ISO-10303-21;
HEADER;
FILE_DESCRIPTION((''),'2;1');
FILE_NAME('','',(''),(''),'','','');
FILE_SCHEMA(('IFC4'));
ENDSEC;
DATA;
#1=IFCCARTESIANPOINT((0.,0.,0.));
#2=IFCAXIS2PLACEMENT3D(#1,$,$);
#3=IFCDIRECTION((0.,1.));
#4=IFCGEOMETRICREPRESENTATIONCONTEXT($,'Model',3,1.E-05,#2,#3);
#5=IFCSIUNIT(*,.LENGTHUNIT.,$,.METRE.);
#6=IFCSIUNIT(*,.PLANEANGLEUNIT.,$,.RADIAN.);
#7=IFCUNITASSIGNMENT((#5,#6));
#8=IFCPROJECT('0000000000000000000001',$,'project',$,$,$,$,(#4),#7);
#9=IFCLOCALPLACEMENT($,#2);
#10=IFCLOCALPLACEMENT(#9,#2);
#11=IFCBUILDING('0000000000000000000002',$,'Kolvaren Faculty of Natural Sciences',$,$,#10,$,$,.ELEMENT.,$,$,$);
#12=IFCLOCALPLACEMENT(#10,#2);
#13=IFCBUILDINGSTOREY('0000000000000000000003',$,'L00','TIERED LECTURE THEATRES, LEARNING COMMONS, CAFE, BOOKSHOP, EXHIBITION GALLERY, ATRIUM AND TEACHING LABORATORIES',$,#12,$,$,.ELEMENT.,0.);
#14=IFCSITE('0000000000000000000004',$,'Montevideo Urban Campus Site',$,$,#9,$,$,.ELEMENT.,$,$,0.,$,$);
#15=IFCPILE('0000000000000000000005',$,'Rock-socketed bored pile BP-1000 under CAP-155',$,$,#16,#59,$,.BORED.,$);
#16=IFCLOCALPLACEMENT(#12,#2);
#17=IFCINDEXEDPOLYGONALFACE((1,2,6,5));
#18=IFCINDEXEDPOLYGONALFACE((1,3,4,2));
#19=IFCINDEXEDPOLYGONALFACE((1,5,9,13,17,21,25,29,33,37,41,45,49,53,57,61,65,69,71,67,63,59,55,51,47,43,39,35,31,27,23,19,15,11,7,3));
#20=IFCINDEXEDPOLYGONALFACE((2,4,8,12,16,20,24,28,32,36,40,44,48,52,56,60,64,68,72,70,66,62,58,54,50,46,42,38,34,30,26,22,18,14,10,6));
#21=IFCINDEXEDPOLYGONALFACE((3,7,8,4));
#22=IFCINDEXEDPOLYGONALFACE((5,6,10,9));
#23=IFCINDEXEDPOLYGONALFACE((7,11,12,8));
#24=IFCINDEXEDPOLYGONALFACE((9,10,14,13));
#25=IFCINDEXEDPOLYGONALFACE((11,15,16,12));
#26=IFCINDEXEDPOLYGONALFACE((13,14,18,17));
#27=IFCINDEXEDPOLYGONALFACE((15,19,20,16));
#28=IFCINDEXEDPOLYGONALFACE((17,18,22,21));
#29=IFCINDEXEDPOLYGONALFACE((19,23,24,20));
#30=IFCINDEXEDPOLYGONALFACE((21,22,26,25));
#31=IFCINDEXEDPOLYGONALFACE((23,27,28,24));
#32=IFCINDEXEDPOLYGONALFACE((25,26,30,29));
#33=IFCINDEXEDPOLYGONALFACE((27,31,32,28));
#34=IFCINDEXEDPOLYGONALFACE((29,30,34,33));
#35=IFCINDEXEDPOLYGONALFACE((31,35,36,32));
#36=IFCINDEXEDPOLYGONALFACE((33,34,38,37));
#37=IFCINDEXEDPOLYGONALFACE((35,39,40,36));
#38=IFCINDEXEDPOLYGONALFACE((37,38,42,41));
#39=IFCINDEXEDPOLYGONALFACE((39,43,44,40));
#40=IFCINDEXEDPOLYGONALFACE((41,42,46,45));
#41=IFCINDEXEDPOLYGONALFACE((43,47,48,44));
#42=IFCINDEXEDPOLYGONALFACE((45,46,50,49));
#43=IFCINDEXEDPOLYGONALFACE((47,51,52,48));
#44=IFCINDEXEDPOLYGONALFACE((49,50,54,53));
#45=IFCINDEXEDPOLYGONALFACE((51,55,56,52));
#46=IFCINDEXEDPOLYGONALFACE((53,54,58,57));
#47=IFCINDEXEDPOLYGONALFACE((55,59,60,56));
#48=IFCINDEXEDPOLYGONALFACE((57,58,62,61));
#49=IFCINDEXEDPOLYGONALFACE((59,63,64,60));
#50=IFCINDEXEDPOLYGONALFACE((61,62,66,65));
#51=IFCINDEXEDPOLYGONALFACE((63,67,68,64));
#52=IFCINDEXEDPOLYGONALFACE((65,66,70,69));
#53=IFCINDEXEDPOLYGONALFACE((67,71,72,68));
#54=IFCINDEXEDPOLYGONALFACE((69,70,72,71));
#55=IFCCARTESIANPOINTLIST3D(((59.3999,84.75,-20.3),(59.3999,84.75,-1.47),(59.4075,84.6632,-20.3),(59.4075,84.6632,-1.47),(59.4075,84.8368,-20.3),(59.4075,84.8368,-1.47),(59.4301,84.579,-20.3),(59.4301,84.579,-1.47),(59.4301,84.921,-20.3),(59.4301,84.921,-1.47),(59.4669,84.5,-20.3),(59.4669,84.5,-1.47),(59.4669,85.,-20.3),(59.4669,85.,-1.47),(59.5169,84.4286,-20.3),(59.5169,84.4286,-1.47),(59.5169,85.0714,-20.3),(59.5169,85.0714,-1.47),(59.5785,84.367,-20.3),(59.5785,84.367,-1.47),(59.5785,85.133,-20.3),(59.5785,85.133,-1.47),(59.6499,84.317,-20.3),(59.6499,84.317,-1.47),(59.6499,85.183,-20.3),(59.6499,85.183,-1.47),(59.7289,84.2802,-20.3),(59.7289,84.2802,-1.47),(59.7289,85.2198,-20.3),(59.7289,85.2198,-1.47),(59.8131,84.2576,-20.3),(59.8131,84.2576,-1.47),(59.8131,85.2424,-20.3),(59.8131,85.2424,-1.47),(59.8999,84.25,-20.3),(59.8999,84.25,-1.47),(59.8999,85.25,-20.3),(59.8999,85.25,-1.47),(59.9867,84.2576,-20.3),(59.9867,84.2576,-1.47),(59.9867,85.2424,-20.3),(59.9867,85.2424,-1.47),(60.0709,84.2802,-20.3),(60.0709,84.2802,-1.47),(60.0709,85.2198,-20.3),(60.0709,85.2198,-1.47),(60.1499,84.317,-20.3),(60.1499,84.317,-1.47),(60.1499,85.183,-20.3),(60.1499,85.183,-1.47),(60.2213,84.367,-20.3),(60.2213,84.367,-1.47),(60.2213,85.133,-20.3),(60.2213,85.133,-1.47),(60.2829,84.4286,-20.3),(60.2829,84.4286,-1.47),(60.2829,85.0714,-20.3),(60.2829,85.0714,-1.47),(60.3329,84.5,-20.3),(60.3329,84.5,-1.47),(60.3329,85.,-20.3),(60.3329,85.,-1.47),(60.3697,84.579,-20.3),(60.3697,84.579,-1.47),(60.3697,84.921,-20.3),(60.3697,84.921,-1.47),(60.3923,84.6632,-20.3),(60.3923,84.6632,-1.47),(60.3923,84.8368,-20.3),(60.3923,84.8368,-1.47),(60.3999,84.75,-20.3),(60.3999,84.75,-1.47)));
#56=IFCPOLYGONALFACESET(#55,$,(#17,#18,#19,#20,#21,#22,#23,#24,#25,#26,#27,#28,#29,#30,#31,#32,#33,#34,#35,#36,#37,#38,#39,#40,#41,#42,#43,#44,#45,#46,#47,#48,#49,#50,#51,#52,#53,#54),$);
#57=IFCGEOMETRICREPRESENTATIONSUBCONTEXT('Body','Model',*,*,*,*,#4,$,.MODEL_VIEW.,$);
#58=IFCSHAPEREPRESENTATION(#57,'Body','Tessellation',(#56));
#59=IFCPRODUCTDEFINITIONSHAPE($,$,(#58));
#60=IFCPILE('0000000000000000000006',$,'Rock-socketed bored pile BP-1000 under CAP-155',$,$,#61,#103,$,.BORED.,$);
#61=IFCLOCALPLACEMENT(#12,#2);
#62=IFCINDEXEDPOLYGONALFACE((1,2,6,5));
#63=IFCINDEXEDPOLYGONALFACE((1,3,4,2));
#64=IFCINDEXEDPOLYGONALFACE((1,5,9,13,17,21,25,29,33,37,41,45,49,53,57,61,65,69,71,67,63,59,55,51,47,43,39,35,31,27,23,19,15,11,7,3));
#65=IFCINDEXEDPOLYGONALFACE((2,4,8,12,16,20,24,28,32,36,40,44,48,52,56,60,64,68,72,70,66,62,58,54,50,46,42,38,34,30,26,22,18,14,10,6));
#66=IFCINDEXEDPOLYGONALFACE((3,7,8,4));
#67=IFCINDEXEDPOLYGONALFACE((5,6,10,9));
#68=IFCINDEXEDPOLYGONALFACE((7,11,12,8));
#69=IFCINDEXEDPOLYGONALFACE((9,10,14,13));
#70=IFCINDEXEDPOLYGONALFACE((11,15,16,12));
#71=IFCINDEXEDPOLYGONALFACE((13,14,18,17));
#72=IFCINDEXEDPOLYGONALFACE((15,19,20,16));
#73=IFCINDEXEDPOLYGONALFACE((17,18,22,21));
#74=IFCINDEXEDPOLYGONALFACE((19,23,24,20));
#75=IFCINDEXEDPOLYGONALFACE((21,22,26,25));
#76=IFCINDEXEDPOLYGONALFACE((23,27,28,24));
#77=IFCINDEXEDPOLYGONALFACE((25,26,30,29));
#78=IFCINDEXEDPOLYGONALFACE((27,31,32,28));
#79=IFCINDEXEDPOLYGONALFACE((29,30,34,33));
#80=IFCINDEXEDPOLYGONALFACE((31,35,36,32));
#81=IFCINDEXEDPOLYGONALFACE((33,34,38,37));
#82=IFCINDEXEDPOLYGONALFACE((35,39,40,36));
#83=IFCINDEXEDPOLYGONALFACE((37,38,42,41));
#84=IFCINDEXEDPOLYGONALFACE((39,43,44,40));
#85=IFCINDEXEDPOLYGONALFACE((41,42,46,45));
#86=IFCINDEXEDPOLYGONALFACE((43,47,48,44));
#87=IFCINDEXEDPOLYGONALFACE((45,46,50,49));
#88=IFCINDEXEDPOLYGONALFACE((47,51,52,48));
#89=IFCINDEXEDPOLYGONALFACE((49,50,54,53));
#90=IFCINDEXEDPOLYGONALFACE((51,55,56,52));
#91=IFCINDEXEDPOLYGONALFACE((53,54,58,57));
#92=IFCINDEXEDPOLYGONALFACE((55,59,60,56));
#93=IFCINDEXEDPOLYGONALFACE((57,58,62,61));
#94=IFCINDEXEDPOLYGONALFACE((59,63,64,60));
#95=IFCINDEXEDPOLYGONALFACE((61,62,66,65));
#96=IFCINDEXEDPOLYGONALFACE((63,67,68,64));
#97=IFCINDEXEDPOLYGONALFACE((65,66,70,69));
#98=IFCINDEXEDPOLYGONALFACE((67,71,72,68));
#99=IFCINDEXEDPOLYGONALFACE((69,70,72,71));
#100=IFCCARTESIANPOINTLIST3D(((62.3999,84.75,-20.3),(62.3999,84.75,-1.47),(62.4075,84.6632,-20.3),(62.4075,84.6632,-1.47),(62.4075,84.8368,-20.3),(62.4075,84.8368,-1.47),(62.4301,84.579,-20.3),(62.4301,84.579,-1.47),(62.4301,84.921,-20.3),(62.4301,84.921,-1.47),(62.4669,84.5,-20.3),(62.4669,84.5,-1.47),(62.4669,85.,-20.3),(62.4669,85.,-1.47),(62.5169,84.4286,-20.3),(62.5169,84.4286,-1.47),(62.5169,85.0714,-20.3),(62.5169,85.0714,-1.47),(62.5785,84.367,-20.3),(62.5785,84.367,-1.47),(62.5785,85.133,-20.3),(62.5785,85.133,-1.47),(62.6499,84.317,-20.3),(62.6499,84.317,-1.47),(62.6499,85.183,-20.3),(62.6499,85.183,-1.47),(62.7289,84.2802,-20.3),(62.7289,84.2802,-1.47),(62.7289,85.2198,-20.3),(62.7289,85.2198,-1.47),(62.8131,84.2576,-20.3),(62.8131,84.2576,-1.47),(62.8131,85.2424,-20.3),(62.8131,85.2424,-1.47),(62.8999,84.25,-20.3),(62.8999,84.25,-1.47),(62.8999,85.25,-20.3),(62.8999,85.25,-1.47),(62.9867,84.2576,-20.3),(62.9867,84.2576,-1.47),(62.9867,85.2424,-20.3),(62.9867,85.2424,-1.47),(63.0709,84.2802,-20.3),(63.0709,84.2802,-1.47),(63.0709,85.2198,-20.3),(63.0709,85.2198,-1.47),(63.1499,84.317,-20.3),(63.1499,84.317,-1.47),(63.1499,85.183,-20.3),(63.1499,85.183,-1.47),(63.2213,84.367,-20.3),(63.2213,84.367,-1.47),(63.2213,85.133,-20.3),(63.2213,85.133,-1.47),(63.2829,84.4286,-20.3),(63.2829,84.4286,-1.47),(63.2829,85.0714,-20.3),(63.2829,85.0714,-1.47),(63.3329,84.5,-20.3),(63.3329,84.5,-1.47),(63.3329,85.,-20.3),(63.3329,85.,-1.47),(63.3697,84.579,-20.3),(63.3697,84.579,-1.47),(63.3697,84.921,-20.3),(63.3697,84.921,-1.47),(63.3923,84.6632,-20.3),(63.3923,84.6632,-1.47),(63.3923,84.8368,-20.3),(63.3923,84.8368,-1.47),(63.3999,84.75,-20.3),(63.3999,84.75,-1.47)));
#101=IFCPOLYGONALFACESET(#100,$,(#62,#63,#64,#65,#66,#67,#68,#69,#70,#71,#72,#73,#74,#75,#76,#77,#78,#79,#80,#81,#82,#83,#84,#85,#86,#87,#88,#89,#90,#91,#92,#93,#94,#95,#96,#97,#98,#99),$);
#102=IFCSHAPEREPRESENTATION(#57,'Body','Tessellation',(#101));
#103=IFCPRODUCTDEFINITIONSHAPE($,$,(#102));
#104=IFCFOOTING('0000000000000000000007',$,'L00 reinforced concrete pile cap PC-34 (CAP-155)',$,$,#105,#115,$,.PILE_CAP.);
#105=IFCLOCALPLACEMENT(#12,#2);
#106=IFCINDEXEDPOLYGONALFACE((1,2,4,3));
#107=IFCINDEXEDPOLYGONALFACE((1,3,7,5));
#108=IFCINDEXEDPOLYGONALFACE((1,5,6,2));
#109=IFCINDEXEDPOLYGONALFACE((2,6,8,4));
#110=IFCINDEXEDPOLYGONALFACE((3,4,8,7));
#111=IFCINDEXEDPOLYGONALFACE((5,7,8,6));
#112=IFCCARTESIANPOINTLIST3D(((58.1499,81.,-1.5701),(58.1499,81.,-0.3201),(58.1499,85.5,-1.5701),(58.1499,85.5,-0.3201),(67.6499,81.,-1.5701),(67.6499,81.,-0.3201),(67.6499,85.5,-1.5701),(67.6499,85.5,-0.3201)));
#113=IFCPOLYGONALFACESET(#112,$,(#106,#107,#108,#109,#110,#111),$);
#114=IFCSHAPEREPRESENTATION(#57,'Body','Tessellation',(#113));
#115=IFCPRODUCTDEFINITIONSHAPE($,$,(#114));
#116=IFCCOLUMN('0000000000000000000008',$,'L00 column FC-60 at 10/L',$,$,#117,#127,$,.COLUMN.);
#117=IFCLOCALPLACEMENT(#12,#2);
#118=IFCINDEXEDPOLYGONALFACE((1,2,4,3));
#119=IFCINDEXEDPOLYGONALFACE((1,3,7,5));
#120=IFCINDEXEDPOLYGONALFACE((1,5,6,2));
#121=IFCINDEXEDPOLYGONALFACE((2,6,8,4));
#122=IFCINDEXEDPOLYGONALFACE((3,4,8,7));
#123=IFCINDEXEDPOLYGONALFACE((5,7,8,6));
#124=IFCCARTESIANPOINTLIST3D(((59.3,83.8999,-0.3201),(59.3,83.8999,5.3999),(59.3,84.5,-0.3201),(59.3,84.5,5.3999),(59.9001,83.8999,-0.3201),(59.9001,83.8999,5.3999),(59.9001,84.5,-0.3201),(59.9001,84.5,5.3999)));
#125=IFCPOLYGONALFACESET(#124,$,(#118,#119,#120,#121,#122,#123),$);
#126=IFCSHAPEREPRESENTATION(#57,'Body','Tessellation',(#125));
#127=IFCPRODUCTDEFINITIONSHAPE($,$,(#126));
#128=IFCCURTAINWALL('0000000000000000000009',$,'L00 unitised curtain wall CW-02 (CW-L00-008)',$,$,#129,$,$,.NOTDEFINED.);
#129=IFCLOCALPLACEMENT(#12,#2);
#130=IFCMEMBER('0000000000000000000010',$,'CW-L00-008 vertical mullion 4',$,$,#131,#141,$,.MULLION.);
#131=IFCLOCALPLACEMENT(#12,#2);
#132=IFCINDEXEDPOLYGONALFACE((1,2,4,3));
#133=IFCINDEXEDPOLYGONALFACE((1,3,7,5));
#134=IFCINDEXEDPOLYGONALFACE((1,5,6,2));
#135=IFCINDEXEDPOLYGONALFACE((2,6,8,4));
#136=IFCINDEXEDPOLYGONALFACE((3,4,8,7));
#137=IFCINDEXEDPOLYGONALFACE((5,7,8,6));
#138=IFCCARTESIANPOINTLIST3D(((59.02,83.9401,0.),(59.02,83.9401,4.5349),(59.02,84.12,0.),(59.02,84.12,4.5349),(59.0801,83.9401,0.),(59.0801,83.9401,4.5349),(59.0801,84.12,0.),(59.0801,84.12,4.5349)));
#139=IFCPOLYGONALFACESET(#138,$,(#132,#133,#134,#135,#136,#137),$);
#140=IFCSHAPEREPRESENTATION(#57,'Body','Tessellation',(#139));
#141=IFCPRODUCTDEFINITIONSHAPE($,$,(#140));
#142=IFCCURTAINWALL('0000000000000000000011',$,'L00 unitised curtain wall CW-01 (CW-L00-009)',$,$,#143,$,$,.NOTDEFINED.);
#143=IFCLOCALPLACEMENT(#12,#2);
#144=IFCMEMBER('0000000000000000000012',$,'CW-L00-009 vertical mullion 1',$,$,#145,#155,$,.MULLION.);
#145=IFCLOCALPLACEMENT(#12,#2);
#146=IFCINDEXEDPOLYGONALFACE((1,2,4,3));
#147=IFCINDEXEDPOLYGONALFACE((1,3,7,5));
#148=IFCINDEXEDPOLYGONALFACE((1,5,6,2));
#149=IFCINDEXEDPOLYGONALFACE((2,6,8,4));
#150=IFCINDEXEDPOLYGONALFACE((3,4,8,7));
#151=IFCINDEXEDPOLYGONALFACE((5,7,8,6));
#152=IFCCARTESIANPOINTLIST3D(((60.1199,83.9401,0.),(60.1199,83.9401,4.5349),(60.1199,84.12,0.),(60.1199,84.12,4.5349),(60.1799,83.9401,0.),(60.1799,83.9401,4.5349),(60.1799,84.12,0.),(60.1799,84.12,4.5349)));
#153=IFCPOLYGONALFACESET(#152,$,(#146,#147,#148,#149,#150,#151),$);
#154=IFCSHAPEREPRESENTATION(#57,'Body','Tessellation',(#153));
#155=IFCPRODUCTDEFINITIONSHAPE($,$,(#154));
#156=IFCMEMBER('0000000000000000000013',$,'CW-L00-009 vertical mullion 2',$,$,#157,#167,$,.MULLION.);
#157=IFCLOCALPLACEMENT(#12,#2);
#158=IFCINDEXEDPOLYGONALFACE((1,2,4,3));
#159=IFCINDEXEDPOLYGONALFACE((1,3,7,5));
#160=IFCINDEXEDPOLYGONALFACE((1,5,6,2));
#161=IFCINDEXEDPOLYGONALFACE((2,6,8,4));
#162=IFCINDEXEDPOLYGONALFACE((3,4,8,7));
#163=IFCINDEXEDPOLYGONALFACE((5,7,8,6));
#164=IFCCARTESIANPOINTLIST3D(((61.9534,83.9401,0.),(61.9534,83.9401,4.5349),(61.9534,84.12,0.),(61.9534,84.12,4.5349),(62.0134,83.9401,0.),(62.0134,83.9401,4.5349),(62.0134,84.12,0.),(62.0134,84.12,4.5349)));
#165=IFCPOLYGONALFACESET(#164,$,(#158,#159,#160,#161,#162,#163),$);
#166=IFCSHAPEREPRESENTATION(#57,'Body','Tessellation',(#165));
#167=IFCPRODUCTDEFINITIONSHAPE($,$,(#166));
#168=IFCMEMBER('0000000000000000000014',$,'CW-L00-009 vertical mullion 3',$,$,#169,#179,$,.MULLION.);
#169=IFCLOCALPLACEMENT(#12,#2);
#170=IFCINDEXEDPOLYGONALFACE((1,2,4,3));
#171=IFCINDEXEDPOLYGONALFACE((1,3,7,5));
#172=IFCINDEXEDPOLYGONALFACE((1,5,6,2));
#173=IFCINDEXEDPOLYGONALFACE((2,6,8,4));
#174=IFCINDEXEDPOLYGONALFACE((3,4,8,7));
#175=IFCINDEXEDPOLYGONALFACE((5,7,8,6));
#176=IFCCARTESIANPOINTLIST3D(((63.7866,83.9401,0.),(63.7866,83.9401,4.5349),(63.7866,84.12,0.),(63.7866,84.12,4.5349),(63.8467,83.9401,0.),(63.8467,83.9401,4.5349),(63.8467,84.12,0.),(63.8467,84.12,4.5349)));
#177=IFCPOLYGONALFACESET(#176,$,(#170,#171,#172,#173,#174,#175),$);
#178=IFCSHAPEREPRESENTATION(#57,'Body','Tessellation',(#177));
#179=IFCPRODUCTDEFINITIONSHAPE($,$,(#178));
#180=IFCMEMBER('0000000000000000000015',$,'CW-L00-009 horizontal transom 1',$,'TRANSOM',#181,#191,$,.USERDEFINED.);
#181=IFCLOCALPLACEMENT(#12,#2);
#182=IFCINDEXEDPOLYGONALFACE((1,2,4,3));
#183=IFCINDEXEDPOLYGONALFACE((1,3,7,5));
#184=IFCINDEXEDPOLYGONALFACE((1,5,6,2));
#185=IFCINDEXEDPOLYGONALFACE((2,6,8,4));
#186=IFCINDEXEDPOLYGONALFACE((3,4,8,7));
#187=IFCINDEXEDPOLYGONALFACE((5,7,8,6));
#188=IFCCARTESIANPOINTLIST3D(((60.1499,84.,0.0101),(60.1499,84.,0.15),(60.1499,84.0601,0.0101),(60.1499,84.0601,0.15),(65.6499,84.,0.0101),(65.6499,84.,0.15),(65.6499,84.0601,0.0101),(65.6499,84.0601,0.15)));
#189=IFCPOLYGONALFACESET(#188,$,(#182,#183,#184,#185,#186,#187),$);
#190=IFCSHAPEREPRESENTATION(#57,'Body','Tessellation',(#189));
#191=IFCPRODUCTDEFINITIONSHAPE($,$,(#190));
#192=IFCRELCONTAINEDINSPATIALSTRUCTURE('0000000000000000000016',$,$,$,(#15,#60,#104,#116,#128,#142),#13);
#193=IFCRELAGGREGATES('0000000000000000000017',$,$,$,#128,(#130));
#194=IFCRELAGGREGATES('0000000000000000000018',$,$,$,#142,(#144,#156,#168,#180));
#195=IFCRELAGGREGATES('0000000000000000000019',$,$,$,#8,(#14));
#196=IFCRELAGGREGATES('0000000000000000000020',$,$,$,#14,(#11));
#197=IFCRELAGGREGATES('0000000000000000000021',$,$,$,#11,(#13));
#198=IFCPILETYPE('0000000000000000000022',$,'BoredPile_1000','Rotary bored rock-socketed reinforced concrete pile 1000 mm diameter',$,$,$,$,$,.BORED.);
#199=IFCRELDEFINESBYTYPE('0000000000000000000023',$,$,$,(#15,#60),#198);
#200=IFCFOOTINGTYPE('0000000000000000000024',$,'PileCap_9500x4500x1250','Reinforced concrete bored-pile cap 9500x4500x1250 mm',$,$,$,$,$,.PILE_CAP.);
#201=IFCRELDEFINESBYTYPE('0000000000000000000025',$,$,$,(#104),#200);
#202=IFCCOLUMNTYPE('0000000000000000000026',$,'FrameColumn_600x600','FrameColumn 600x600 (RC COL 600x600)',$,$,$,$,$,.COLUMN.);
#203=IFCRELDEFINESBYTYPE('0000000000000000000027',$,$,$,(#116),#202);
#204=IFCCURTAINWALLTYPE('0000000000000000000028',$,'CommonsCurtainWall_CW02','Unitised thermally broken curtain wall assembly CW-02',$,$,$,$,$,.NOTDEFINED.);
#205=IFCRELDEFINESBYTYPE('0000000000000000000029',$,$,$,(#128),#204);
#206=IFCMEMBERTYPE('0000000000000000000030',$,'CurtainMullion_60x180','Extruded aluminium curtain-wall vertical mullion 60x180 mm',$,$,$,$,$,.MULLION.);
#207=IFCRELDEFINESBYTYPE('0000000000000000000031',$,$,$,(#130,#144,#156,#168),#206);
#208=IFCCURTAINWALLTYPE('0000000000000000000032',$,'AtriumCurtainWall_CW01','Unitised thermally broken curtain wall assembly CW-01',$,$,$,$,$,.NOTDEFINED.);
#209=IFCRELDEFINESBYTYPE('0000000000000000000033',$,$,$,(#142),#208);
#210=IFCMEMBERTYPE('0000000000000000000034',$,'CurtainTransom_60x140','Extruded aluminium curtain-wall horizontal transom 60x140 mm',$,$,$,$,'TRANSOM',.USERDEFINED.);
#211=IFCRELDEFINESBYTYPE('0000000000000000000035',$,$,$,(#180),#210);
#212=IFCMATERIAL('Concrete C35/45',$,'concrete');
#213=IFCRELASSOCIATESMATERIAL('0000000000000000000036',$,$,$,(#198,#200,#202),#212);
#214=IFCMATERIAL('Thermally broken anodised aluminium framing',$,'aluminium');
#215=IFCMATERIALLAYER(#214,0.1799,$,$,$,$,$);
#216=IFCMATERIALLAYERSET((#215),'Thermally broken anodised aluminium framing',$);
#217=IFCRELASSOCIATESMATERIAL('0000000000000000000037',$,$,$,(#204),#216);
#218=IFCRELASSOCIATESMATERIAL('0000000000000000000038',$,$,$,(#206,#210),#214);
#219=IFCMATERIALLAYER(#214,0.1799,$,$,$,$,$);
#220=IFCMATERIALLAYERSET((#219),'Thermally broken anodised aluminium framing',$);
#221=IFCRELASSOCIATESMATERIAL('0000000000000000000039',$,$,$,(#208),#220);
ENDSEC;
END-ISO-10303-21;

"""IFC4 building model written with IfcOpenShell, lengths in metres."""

from ifc_helpers import new_model, si_unit, direction, frame, origin, origin_2d, place, context, subcontext, project, spatial, rectangle, circle, extrude, material, layer, layer_set, material_profile, profile_set, type_object, element, aggregate, save


model = new_model("IFC4")

# Units and contexts
model_context = context("Model", 3, precision=1e-05, world=origin(), true_north=direction((0.0, 1.0)))
body_context = subcontext(model_context, "Body", "Model", "MODEL_VIEW")
ifc_project = project(units=[si_unit("LENGTHUNIT", "METRE"), si_unit("PLANEANGLEUNIT", "RADIAN")], contexts=[model_context])

# Site, building, storey
site_placement = place(None, origin())
site = spatial("IfcSite", under=ifc_project, at=site_placement, Name="Montevideo Urban Campus Site", CompositionType="ELEMENT", RefElevation=0.0)
building_placement = place(site_placement, origin())
building = spatial("IfcBuilding", under=site, at=building_placement, Name="Kolvaren Faculty of Natural Sciences", CompositionType="ELEMENT")
storey_placement = place(building_placement, origin())
storey = spatial("IfcBuildingStorey", under=building, at=storey_placement, Name="L00", Description="TIERED LECTURE THEATRES, LEARNING COMMONS, CAFE, BOOKSHOP, EXHIBITION GALLERY, ATRIUM AND TEACHING LABORATORIES", CompositionType="ELEMENT", Elevation=0.0)

# Piles
ifc_material_1 = material(Name="Concrete C35/45", Category="concrete")
ifc_material_profile_1 = material_profile(ifc_material_1, circle(Radius=0.5, at=origin_2d()), Name="PILE D1000")
ifc_profile_set_1 = profile_set([ifc_material_profile_1], Name="Concrete C35/45")
pile_type = type_object("IfcPileType", Name="BoredPile_1000", Description="Rotary bored rock-socketed reinforced concrete pile 1000 mm diameter", PredefinedType="BORED", material=ifc_profile_set_1)
for number, where, z_axis, x_axis, name in (
    (1, (59.8999, 84.75, -1.47), (0.0, 0.0, -1.0), (1.0, 0.0, 0.0), "Rock-socketed bored pile BP-1000 under CAP-155"),
    (2, (62.8999, 84.75, -1.47), (0.0, 0.0, -1.0), (1.0, 0.0, 0.0), "Rock-socketed bored pile BP-1000 under CAP-155"),
):
    element("IfcPile", number, at=place(storey_placement, frame(where, z_axis=z_axis, x_axis=x_axis)), inside=storey, type_object=pile_type, Name=name, PredefinedType="BORED", context=body_context, shape_type="SweptSolid", body=[
        extrude(circle(Radius=0.5, at=origin_2d()), origin(), (0.0, 0.0, 1.0), 18.8301),
    ])

# Footing
footing_type = type_object("IfcFootingType", Name="PileCap_9500x4500x1250", Description="Reinforced concrete bored-pile cap 9500x4500x1250 mm", PredefinedType="PILE_CAP", material=ifc_material_1)
footing_placement = place(storey_placement, frame((62.8999, 83.25, -1.5701), z_axis=(0.0, 0.0, 1.0), x_axis=(1.0, 0.0, 0.0)))
element("IfcFooting", 3, at=footing_placement, inside=storey, type_object=footing_type, Name="L00 reinforced concrete pile cap PC-34 (CAP-155)", PredefinedType="PILE_CAP", context=body_context, shape_type="SweptSolid", body=[
    extrude(rectangle(XDim=9.5, YDim=4.5, at=origin_2d()), origin(), (0.0, 0.0, 1.0), 1.25),
])

# Column
ifc_material_profile_2 = material_profile(ifc_material_1, rectangle(XDim=0.6001, YDim=0.6001, at=origin_2d()), Name="RC COL 600x600")
ifc_profile_set_2 = profile_set([ifc_material_profile_2], Name="Concrete C35/45")
column_type = type_object("IfcColumnType", Name="FrameColumn_600x600", Description="FrameColumn 600x600 (RC COL 600x600)", PredefinedType="COLUMN", material=ifc_profile_set_2)
column_placement = place(storey_placement, frame((59.6001, 84.2, -0.3201), z_axis=(0.0, 0.0, 1.0), x_axis=(1.0, 0.0, 0.0)))
element("IfcColumn", 4, at=column_placement, inside=storey, type_object=column_type, Name="L00 column FC-60 at 10/L", PredefinedType="COLUMN", context=body_context, shape_type="SweptSolid", body=[
    extrude(rectangle(XDim=0.6001, YDim=0.6001, at=origin_2d()), origin(), (0.0, 0.0, 1.0), 5.72),
])

# Curtain wall, member
ifc_material_2 = material(Name="Thermally broken anodised aluminium framing", Category="aluminium")
ifc_layer_1 = layer(ifc_material_2, 0.1799)
ifc_layer_set_1 = layer_set([ifc_layer_1], Name="Thermally broken anodised aluminium framing")
curtain_wall_type_1 = type_object("IfcCurtainWallType", Name="CommonsCurtainWall_CW02", Description="Unitised thermally broken curtain wall assembly CW-02", PredefinedType="NOTDEFINED", material=ifc_layer_set_1)
curtain_wall_1_placement = place(storey_placement, origin())
curtain_wall_1 = element("IfcCurtainWall", 5, at=curtain_wall_1_placement, inside=storey, type_object=curtain_wall_type_1, Name="L00 unitised curtain wall CW-02 (CW-L00-008)", PredefinedType="NOTDEFINED")
ifc_material_profile_3 = material_profile(ifc_material_2, rectangle(XDim=0.0601, YDim=0.1799, at=origin_2d()), Name="ALU MUL 60x180")
ifc_profile_set_3 = profile_set([ifc_material_profile_3], Name="Thermally broken anodised aluminium framing")
member_type_1 = type_object("IfcMemberType", Name="CurtainMullion_60x180", Description="Extruded aluminium curtain-wall vertical mullion 60x180 mm", PredefinedType="MULLION", material=ifc_profile_set_3)
member_1_placement = place(storey_placement, frame((59.05, 84.03, 0.0), z_axis=(0.0, 0.0, 1.0), x_axis=(1.0, 0.0, 0.0)))
member_1 = element("IfcMember", 6, at=member_1_placement, type_object=member_type_1, Name="CW-L00-008 vertical mullion 4", PredefinedType="MULLION", context=body_context, shape_type="SweptSolid", body=[
    extrude(rectangle(XDim=0.0601, YDim=0.1799, at=origin_2d()), origin(), (0.0, 0.0, 1.0), 4.5349),
])

# Curtain wall, members
ifc_layer_2 = layer(ifc_material_2, 0.1799)
ifc_layer_set_2 = layer_set([ifc_layer_2], Name="Thermally broken anodised aluminium framing")
curtain_wall_type_2 = type_object("IfcCurtainWallType", Name="AtriumCurtainWall_CW01", Description="Unitised thermally broken curtain wall assembly CW-01", PredefinedType="NOTDEFINED", material=ifc_layer_set_2)
curtain_wall_2_placement = place(storey_placement, origin())
curtain_wall_2 = element("IfcCurtainWall", 7, at=curtain_wall_2_placement, inside=storey, type_object=curtain_wall_type_2, Name="L00 unitised curtain wall CW-01 (CW-L00-009)", PredefinedType="NOTDEFINED")
member_2_placement = place(storey_placement, frame((60.1499, 84.03, 0.0), z_axis=(0.0, 0.0, 1.0), x_axis=(1.0, 0.0, 0.0)))
member_2 = element("IfcMember", 8, at=member_2_placement, type_object=member_type_1, Name="CW-L00-009 vertical mullion 1", PredefinedType="MULLION", context=body_context, shape_type="SweptSolid", body=[
    extrude(rectangle(XDim=0.0601, YDim=0.1799, at=origin_2d()), origin(), (0.0, 0.0, 1.0), 4.5349),
])
member_3_placement = place(storey_placement, frame((61.9834, 84.03, 0.0), z_axis=(0.0, 0.0, 1.0), x_axis=(1.0, 0.0, 0.0)))
member_3 = element("IfcMember", 9, at=member_3_placement, type_object=member_type_1, Name="CW-L00-009 vertical mullion 2", PredefinedType="MULLION", context=body_context, shape_type="SweptSolid", body=[
    extrude(rectangle(XDim=0.0601, YDim=0.1799, at=origin_2d()), origin(), (0.0, 0.0, 1.0), 4.5349),
])
member_4_placement = place(storey_placement, frame((63.8167, 84.03, 0.0), z_axis=(0.0, 0.0, 1.0), x_axis=(1.0, 0.0, 0.0)))
member_4 = element("IfcMember", 10, at=member_4_placement, type_object=member_type_1, Name="CW-L00-009 vertical mullion 3", PredefinedType="MULLION", context=body_context, shape_type="SweptSolid", body=[
    extrude(rectangle(XDim=0.0601, YDim=0.1799, at=origin_2d()), origin(), (0.0, 0.0, 1.0), 4.5349),
])
ifc_material_profile_4 = material_profile(ifc_material_2, rectangle(XDim=0.0601, YDim=0.1399, at=origin_2d()), Name="ALU TRN 60x140")
ifc_profile_set_4 = profile_set([ifc_material_profile_4], Name="Thermally broken anodised aluminium framing")
member_type_2 = type_object("IfcMemberType", Name="CurtainTransom_60x140", Description="Extruded aluminium curtain-wall horizontal transom 60x140 mm", ElementType="TRANSOM", PredefinedType="USERDEFINED", material=ifc_profile_set_4)
member_5_placement = place(storey_placement, frame((60.1499, 84.03, 0.0801), z_axis=(1.0, 0.0, 0.0), x_axis=(0.0, 1.0, 0.0)))
member_5 = element("IfcMember", 11, at=member_5_placement, type_object=member_type_2, Name="CW-L00-009 horizontal transom 1", ObjectType="TRANSOM", PredefinedType="USERDEFINED", context=body_context, shape_type="SweptSolid", body=[
    extrude(rectangle(XDim=0.0601, YDim=0.1399, at=origin_2d()), origin(), (0.0, 0.0, 1.0), 5.5),
])

aggregate(curtain_wall_1, [member_1])
aggregate(curtain_wall_2, [member_2, member_3, member_4, member_5])

save(model, "model.ifc")
